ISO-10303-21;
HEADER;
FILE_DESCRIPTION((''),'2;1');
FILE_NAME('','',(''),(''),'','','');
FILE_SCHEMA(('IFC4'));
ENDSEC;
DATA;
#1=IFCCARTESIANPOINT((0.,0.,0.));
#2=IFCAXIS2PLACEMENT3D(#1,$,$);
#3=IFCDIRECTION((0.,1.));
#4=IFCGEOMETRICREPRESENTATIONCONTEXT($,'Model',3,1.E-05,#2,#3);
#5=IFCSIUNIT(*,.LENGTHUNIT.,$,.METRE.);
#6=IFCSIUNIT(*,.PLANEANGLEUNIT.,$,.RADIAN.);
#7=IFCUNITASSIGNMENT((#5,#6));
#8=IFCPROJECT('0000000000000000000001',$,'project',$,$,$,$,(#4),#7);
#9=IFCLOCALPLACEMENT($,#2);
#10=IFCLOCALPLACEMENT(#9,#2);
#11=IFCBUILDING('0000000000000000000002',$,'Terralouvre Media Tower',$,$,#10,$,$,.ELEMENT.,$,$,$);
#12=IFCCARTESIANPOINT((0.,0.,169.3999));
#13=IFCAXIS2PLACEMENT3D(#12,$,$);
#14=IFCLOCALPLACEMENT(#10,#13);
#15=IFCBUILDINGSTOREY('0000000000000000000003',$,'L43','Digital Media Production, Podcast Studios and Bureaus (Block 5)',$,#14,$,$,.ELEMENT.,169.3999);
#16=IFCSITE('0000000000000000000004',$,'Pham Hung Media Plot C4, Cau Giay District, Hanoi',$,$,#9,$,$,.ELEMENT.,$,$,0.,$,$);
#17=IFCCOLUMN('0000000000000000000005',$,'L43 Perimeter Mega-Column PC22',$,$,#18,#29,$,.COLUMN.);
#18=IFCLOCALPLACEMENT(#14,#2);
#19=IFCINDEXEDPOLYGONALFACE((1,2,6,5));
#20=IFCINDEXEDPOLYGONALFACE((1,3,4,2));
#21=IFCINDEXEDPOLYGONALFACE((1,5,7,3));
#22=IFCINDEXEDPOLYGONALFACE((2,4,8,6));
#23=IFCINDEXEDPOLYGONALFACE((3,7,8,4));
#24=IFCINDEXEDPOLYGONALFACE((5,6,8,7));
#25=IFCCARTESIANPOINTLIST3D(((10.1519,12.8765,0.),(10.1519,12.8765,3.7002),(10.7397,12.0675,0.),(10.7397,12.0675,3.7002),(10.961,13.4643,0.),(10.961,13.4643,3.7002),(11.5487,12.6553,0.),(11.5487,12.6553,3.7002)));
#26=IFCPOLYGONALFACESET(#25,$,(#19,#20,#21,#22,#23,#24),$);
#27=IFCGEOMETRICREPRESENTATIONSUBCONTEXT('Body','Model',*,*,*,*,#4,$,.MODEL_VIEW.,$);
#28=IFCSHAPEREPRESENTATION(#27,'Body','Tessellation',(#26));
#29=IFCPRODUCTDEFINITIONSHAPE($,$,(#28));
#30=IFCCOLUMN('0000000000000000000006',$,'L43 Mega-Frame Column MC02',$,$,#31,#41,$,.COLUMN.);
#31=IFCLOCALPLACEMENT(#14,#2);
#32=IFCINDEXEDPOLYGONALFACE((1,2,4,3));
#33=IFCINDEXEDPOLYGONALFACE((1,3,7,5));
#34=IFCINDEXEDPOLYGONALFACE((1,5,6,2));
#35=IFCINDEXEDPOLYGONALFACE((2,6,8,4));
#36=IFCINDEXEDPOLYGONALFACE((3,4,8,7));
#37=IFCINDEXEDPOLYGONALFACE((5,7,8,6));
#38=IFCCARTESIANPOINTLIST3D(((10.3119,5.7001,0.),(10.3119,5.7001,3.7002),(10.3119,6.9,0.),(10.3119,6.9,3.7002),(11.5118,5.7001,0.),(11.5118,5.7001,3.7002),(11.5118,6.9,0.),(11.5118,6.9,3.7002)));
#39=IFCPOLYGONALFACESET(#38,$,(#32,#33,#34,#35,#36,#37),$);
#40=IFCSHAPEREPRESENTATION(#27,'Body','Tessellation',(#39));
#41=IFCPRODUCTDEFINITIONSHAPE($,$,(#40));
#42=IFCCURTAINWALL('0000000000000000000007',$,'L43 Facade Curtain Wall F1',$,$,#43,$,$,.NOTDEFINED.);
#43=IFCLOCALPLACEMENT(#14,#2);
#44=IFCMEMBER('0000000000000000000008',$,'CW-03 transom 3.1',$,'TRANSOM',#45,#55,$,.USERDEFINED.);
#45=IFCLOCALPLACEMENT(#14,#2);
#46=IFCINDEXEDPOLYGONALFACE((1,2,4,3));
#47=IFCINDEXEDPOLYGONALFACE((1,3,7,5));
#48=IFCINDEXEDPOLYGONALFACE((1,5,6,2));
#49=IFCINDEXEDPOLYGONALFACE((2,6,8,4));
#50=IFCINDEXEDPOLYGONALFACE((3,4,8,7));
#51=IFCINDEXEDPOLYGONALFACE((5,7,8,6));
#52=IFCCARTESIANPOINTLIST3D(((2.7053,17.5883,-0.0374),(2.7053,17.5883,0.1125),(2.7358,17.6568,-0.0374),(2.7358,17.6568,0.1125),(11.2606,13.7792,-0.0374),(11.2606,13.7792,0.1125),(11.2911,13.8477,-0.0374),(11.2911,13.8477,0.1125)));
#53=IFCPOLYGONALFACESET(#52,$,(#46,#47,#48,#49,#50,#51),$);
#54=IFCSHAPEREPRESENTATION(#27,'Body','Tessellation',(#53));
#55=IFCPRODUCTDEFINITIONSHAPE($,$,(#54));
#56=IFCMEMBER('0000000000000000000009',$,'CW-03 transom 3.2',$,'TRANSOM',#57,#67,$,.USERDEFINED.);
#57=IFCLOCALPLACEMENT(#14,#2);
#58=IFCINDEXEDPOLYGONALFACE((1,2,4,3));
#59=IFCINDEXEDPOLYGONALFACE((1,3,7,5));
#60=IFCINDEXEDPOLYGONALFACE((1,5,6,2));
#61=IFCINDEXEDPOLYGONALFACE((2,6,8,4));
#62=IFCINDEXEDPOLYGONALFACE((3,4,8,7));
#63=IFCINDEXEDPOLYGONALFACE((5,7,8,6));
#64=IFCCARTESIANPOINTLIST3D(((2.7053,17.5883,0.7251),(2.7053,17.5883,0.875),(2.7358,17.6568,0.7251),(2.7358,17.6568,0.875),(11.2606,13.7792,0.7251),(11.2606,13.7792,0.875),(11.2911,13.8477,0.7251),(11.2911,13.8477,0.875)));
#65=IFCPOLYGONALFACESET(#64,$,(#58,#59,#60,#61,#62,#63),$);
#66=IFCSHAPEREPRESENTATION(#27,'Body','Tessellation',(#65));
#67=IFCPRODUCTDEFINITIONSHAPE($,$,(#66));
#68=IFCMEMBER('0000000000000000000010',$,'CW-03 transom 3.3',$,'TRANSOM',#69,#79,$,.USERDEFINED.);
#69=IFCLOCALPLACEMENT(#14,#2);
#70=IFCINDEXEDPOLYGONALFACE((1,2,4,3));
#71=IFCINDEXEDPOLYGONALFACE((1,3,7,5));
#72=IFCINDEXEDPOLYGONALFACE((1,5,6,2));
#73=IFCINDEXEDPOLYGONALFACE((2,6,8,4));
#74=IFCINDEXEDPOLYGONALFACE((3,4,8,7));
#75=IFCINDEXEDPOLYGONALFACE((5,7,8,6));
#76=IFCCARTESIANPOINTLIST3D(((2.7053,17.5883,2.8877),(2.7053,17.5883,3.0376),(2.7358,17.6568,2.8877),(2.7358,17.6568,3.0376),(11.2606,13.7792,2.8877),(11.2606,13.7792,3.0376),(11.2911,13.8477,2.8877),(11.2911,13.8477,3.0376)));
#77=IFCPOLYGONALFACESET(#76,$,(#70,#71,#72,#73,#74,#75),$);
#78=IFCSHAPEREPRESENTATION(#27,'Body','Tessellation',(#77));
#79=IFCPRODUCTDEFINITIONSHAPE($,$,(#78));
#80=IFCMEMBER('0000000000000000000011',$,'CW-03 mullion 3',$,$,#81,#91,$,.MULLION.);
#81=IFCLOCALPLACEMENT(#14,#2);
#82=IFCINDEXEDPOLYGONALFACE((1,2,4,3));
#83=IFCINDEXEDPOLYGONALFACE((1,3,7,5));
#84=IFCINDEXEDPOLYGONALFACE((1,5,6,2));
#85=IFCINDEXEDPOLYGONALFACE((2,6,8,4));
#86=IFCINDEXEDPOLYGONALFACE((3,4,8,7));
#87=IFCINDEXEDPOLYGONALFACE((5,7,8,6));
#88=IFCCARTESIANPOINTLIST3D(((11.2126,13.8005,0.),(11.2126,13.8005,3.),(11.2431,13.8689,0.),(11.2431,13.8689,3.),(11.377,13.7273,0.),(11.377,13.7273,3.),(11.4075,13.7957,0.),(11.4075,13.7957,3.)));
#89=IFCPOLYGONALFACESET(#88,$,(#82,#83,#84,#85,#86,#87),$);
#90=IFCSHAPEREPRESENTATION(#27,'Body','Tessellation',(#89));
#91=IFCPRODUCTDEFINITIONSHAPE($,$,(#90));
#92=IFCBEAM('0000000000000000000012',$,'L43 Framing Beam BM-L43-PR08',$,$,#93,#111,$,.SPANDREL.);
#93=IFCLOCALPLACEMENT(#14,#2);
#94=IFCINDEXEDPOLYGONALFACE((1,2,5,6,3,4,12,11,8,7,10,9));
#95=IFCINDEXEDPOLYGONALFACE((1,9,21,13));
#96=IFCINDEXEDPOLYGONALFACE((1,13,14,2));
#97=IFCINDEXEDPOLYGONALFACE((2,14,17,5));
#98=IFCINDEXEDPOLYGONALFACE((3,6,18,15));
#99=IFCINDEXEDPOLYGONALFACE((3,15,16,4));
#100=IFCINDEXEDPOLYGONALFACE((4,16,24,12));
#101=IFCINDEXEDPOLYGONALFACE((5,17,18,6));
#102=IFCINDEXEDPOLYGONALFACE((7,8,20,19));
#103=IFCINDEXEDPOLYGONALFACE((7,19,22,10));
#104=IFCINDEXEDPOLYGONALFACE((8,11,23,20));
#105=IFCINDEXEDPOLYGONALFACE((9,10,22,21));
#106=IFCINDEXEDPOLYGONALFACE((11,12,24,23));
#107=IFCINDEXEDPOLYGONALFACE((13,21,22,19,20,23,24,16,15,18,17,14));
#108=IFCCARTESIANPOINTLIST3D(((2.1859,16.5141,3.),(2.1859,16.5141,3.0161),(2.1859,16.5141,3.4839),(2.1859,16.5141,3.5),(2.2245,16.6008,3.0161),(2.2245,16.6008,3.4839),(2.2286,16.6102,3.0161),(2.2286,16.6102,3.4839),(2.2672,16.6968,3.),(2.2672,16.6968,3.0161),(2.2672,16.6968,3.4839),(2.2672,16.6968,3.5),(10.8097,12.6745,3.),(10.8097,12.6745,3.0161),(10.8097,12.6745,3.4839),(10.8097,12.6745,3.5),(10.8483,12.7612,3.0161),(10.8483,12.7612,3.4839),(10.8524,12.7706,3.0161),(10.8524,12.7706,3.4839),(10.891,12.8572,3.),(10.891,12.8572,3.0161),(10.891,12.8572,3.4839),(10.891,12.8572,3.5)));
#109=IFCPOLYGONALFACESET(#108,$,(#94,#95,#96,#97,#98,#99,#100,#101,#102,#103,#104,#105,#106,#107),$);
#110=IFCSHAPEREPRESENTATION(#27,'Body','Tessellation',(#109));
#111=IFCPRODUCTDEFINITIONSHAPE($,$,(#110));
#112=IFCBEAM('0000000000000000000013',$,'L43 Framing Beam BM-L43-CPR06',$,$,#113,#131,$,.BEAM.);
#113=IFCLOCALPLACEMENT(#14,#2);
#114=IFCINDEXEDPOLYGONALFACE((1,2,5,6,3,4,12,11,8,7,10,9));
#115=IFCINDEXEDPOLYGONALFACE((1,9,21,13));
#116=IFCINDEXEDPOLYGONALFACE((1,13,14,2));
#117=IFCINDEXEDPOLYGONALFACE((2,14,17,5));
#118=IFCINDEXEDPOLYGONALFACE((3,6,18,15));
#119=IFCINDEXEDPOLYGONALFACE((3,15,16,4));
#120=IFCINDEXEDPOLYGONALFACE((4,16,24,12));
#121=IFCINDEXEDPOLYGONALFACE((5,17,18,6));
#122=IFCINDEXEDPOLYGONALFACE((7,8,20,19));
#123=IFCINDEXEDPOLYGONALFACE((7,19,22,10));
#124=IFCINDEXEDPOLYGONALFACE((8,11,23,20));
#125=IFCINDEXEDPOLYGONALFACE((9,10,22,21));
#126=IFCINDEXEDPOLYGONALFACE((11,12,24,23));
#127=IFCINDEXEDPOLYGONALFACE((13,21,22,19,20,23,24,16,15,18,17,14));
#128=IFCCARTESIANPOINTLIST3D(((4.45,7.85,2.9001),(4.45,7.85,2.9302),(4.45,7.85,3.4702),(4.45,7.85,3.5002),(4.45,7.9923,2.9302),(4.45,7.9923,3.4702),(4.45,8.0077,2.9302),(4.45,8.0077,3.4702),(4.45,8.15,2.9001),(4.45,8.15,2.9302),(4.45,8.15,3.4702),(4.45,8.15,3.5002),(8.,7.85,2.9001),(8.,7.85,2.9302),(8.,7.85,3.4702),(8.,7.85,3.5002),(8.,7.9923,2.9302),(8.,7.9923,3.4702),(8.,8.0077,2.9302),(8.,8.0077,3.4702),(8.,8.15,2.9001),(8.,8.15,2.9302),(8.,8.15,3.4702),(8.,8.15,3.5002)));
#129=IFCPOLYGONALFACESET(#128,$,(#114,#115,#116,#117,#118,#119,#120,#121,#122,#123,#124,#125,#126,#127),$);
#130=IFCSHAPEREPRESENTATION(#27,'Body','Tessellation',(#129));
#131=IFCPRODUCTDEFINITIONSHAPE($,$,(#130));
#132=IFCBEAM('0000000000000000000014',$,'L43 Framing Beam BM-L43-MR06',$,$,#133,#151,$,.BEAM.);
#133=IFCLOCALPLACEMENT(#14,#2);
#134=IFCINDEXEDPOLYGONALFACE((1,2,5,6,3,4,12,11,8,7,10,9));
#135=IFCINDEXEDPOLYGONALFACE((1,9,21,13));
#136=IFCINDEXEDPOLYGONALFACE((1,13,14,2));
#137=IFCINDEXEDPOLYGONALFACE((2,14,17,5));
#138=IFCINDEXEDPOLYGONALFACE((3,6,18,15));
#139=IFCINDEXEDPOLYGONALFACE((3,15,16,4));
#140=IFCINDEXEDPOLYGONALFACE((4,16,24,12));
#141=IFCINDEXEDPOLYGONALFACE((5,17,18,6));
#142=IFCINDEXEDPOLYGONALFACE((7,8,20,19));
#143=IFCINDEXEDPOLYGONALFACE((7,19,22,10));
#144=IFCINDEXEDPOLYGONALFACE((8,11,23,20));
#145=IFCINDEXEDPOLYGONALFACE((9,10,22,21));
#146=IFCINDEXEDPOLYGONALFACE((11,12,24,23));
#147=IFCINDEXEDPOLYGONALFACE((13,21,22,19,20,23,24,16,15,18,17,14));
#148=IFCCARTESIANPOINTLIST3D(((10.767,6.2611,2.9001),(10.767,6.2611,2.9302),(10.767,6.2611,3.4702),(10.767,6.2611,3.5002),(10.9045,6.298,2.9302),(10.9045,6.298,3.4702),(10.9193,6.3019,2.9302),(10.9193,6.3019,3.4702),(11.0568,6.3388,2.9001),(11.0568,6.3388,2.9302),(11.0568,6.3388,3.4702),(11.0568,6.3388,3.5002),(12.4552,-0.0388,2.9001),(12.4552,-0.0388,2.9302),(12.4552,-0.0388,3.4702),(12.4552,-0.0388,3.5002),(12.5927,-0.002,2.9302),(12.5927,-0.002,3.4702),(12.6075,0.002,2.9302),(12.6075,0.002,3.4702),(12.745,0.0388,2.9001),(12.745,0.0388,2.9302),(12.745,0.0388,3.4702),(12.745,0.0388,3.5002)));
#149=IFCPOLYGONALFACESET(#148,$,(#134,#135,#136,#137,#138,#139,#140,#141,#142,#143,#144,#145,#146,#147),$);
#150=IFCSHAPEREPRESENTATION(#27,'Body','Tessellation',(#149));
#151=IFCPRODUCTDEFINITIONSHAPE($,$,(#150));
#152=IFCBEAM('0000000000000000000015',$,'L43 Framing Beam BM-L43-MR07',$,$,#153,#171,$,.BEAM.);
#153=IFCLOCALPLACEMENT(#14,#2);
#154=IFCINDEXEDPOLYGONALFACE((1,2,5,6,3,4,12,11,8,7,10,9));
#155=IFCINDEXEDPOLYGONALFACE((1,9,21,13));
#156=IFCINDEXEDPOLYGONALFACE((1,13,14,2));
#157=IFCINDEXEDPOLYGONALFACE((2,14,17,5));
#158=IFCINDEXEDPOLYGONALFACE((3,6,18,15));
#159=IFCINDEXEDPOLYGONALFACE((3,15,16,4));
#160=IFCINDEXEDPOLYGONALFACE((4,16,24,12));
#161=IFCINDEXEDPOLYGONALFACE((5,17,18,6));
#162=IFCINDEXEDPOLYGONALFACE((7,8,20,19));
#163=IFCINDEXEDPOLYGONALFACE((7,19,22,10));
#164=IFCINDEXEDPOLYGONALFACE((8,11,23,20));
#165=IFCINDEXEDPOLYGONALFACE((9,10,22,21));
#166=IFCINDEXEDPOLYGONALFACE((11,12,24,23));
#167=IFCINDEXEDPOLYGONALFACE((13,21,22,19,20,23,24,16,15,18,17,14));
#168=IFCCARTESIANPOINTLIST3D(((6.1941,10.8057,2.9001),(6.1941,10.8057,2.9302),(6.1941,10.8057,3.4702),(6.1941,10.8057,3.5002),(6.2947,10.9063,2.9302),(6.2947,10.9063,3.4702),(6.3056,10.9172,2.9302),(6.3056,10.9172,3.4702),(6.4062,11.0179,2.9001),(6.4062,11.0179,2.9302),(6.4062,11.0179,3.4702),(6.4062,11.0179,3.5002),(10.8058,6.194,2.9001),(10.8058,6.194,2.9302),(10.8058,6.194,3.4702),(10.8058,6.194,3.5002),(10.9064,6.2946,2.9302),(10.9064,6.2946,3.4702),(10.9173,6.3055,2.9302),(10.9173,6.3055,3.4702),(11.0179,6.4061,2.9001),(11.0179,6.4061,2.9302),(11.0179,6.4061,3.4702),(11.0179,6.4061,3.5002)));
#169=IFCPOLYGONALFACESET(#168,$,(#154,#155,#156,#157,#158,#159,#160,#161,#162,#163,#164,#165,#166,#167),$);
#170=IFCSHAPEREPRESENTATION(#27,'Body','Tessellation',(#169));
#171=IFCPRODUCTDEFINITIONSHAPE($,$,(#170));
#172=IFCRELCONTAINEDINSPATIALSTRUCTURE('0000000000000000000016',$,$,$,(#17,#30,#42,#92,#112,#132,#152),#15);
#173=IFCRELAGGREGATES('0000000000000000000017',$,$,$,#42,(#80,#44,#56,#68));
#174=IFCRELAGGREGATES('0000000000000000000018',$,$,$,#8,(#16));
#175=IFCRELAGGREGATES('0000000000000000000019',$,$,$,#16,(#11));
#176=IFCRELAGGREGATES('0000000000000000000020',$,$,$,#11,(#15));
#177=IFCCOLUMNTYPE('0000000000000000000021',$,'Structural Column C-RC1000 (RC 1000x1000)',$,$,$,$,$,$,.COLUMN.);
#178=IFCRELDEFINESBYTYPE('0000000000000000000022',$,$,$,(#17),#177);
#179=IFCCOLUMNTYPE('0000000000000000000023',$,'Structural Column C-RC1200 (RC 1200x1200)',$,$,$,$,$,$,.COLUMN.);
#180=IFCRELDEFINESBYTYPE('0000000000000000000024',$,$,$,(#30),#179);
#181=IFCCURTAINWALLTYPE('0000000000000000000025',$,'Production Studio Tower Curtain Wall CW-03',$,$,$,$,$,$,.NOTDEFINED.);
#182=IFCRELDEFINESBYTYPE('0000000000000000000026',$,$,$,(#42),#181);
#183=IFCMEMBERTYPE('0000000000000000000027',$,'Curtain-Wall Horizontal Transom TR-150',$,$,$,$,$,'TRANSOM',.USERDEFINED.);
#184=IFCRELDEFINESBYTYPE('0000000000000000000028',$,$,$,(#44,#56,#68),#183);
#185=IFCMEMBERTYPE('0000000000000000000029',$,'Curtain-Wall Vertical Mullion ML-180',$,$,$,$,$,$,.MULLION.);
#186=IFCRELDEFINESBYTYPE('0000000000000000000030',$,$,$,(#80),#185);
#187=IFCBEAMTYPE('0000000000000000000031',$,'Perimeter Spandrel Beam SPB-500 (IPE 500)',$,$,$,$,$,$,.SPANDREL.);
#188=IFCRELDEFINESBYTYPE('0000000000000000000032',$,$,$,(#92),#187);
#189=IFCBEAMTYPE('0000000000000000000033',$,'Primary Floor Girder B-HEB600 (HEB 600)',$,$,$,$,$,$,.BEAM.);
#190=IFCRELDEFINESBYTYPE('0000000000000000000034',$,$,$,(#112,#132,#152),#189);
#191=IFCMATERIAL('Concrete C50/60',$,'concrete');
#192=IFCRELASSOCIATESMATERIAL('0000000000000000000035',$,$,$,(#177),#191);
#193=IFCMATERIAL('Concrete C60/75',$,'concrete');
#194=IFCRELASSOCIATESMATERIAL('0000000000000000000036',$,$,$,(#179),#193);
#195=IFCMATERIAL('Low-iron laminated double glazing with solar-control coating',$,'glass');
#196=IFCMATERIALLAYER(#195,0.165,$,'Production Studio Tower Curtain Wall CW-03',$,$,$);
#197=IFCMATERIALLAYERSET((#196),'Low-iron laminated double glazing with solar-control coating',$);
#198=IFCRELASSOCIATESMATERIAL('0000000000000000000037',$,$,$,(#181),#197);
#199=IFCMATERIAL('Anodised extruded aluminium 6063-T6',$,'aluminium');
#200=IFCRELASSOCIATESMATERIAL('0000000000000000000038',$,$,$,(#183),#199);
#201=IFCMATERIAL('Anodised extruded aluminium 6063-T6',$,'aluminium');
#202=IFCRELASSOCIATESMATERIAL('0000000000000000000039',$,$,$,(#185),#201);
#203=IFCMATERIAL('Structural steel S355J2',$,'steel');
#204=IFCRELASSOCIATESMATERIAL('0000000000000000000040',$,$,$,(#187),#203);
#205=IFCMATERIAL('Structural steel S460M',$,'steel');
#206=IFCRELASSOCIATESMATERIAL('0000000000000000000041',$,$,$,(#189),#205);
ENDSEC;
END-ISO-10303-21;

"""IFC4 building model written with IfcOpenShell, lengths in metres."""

from ifc_helpers import new_model, si_unit, direction, frame, origin, origin_2d, place, context, subcontext, project, spatial, rectangle, i_section, extrude, material, layer, layer_set, material_profile, profile_set, type_object, element, aggregate, save


model = new_model("IFC4")

# Units and contexts
model_context = context("Model", 3, precision=1e-05, world=origin(), true_north=direction((0.0, 1.0)))
body_context = subcontext(model_context, "Body", "Model", "MODEL_VIEW")
ifc_project = project(units=[si_unit("LENGTHUNIT", "METRE"), si_unit("PLANEANGLEUNIT", "RADIAN")], contexts=[model_context])

# Site, building, storey
site_placement = place(None, origin())
site = spatial("IfcSite", under=ifc_project, at=site_placement, Name="Pham Hung Media Plot C4, Cau Giay District, Hanoi", CompositionType="ELEMENT", RefElevation=0.0)
building_placement = place(site_placement, origin())
building = spatial("IfcBuilding", under=site, at=building_placement, Name="Terralouvre Media Tower", CompositionType="ELEMENT")
storey_placement = place(building_placement, frame((0.0, 0.0, 169.3999)))
storey = spatial("IfcBuildingStorey", under=building, at=storey_placement, Name="L43", Description="Digital Media Production, Podcast Studios and Bureaus (Block 5)", CompositionType="ELEMENT", Elevation=169.3999)

# Columns
ifc_material_1 = material(Name="Concrete C50/60", Category="concrete")
ifc_material_profile_1 = material_profile(ifc_material_1, rectangle(XDim=1.0, YDim=1.0, at=origin_2d()), Name="RC 1000x1000")
ifc_profile_set_1 = profile_set([ifc_material_profile_1], Name="Concrete C50/60")
column_type_1 = type_object("IfcColumnType", Name="Structural Column C-RC1000 (RC 1000x1000)", PredefinedType="COLUMN", material=ifc_profile_set_1)
column_1_placement = place(storey_placement, frame((10.8503, 12.7659, 0.0), z_axis=(0.0, 0.0, 1.0), x_axis=(0.809017, 0.587785, 0.0)))
element("IfcColumn", 1, at=column_1_placement, inside=storey, type_object=column_type_1, Name="L43 Perimeter Mega-Column PC22", PredefinedType="COLUMN", context=body_context, shape_type="SweptSolid", body=[
    extrude(rectangle(XDim=1.0, YDim=1.0, at=origin_2d()), origin(), (0.0, 0.0, 1.0), 3.7002),
])
ifc_material_2 = material(Name="Concrete C60/75", Category="concrete")
ifc_material_profile_2 = material_profile(ifc_material_2, rectangle(XDim=1.2, YDim=1.2, at=origin_2d()), Name="RC 1200x1200")
ifc_profile_set_2 = profile_set([ifc_material_profile_2], Name="Concrete C60/75")
column_type_2 = type_object("IfcColumnType", Name="Structural Column C-RC1200 (RC 1200x1200)", PredefinedType="COLUMN", material=ifc_profile_set_2)
column_2_placement = place(storey_placement, frame((10.9119, 6.3, 0.0), z_axis=(0.0, 0.0, 1.0), x_axis=(1.0, 0.0, 0.0)))
element("IfcColumn", 2, at=column_2_placement, inside=storey, type_object=column_type_2, Name="L43 Mega-Frame Column MC02", PredefinedType="COLUMN", context=body_context, shape_type="SweptSolid", body=[
    extrude(rectangle(XDim=1.2, YDim=1.2, at=origin_2d()), origin(), (0.0, 0.0, 1.0), 3.7002),
])

# Curtain wall, members
ifc_material_3 = material(Name="Low-iron laminated double glazing with solar-control coating", Category="glass")
ifc_layer_1 = layer(ifc_material_3, 0.165, Name="Production Studio Tower Curtain Wall CW-03")
ifc_layer_set_1 = layer_set([ifc_layer_1], Name="Low-iron laminated double glazing with solar-control coating")
curtain_wall_type = type_object("IfcCurtainWallType", Name="Production Studio Tower Curtain Wall CW-03", PredefinedType="NOTDEFINED", material=ifc_layer_set_1)
curtain_wall_placement = place(storey_placement, origin())
curtain_wall = element("IfcCurtainWall", 3, at=curtain_wall_placement, inside=storey, type_object=curtain_wall_type, Name="L43 Facade Curtain Wall F1", PredefinedType="NOTDEFINED")
ifc_material_4 = material(Name="Anodised extruded aluminium 6063-T6", Category="aluminium")
ifc_material_profile_3 = material_profile(ifc_material_4, rectangle(XDim=0.075, YDim=0.1499, at=origin_2d()), Name="ALU 75x150")
ifc_profile_set_3 = profile_set([ifc_material_profile_3], Name="Anodised extruded aluminium 6063-T6")
member_type_1 = type_object("IfcMemberType", Name="Curtain-Wall Horizontal Transom TR-150", ElementType="TRANSOM", PredefinedType="USERDEFINED", material=ifc_profile_set_3)
member_1_placement = place(storey_placement, frame((11.2759, 13.8135, 0.0376), z_axis=(-0.913547, 0.406733, 0.0), x_axis=(-0.406733, -0.913547, 0.0)))
member_1 = element("IfcMember", 4, at=member_1_placement, type_object=member_type_1, Name="CW-03 transom 3.1", ObjectType="TRANSOM", PredefinedType="USERDEFINED", context=body_context, shape_type="SweptSolid", body=[
    extrude(rectangle(XDim=0.075, YDim=0.1499, at=origin_2d()), origin(), (0.0, 0.0, 1.0), 9.365),
])
member_2_placement = place(storey_placement, frame((11.2759, 13.8135, 0.8), z_axis=(-0.913547, 0.406733, 0.0), x_axis=(-0.406733, -0.913547, 0.0)))
member_2 = element("IfcMember", 5, at=member_2_placement, type_object=member_type_1, Name="CW-03 transom 3.2", ObjectType="TRANSOM", PredefinedType="USERDEFINED", context=body_context, shape_type="SweptSolid", body=[
    extrude(rectangle(XDim=0.075, YDim=0.1499, at=origin_2d()), origin(), (0.0, 0.0, 1.0), 9.365),
])
member_3_placement = place(storey_placement, frame((11.2759, 13.8135, 2.9626), z_axis=(-0.913547, 0.406733, 0.0), x_axis=(-0.406733, -0.913547, 0.0)))
member_3 = element("IfcMember", 6, at=member_3_placement, type_object=member_type_1, Name="CW-03 transom 3.3", ObjectType="TRANSOM", PredefinedType="USERDEFINED", context=body_context, shape_type="SweptSolid", body=[
    extrude(rectangle(XDim=0.075, YDim=0.1499, at=origin_2d()), origin(), (0.0, 0.0, 1.0), 9.365),
])
ifc_material_5 = material(Name="Anodised extruded aluminium 6063-T6", Category="aluminium")
ifc_material_profile_4 = material_profile(ifc_material_5, rectangle(XDim=0.075, YDim=0.1799, at=origin_2d()), Name="ALU 75x180")
ifc_profile_set_4 = profile_set([ifc_material_profile_4], Name="Anodised extruded aluminium 6063-T6")
member_type_2 = type_object("IfcMemberType", Name="Curtain-Wall Vertical Mullion ML-180", PredefinedType="MULLION", material=ifc_profile_set_4)
member_4_placement = place(storey_placement, frame((11.3101, 13.7981, 0.0), z_axis=(0.0, 0.0, 1.0), x_axis=(-0.406737, -0.913545, 0.0)))
member_4 = element("IfcMember", 7, at=member_4_placement, type_object=member_type_2, Name="CW-03 mullion 3", PredefinedType="MULLION", context=body_context, shape_type="SweptSolid", body=[
    extrude(rectangle(XDim=0.075, YDim=0.1799, at=origin_2d()), origin(), (0.0, 0.0, 1.0), 3.0),
])
aggregate(curtain_wall, [member_4, member_1, member_2, member_3])

# Beams
ifc_material_6 = material(Name="Structural steel S355J2", Category="steel")
ifc_material_profile_5 = material_profile(ifc_material_6, i_section(OverallWidth=0.2, OverallDepth=0.5, WebThickness=0.0103, FlangeThickness=0.0161, at=origin_2d()), Name="IPE 500")
ifc_profile_set_5 = profile_set([ifc_material_profile_5], Name="Structural steel S355J2")
beam_type_1 = type_object("IfcBeamType", Name="Perimeter Spandrel Beam SPB-500 (IPE 500)", PredefinedType="SPANDREL", material=ifc_profile_set_5)
beam_1_placement = place(storey_placement, frame((10.8503, 12.7659, 3.25), z_axis=(-0.913544, 0.406741, 0.0), x_axis=(-0.406741, -0.913544, 0.0)))
element("IfcBeam", 8, at=beam_1_placement, inside=storey, type_object=beam_type_1, Name="L43 Framing Beam BM-L43-PR08", PredefinedType="SPANDREL", context=body_context, shape_type="SweptSolid", body=[
    extrude(i_section(OverallWidth=0.2, OverallDepth=0.5, WebThickness=0.0103, FlangeThickness=0.0161, at=origin_2d()), origin(), (0.0, 0.0, 1.0), 9.4399),
])
ifc_material_7 = material(Name="Structural steel S460M", Category="steel")
ifc_material_profile_6 = material_profile(ifc_material_7, i_section(OverallWidth=0.3, OverallDepth=0.6001, WebThickness=0.0154, FlangeThickness=0.03, at=origin_2d()), Name="HEB 600")
ifc_profile_set_6 = profile_set([ifc_material_profile_6], Name="Structural steel S460M")
beam_type_2 = type_object("IfcBeamType", Name="Primary Floor Girder B-HEB600 (HEB 600)", PredefinedType="BEAM", material=ifc_profile_set_6)
beam_2_placement = place(storey_placement, frame((8.0, 8.0, 3.2002), z_axis=(-1.0, 0.0, 0.0), x_axis=(0.0, -1.0, 0.0)))
element("IfcBeam", 9, at=beam_2_placement, inside=storey, type_object=beam_type_2, Name="L43 Framing Beam BM-L43-CPR06", PredefinedType="BEAM", context=body_context, shape_type="SweptSolid", body=[
    extrude(i_section(OverallWidth=0.3, OverallDepth=0.6001, WebThickness=0.0154, FlangeThickness=0.03, at=origin_2d()), origin(), (0.0, 0.0, 1.0), 3.55),
])
beam_3_placement = place(storey_placement, frame((12.6001, 0.0, 3.2002), z_axis=(-0.258839, 0.96592, 0.0), x_axis=(-0.96592, -0.258839, 0.0)))
element("IfcBeam", 10, at=beam_3_placement, inside=storey, type_object=beam_type_2, Name="L43 Framing Beam BM-L43-MR06", PredefinedType="BEAM", context=body_context, shape_type="SweptSolid", body=[
    extrude(i_section(OverallWidth=0.3, OverallDepth=0.6001, WebThickness=0.0154, FlangeThickness=0.03, at=origin_2d()), origin(), (0.0, 0.0, 1.0), 6.5222),
])
beam_4_placement = place(storey_placement, frame((10.9119, 6.3, 3.2002), z_axis=(-0.707107, 0.707107, 0.0), x_axis=(-0.707107, -0.707107, 0.0)))
element("IfcBeam", 11, at=beam_4_placement, inside=storey, type_object=beam_type_2, Name="L43 Framing Beam BM-L43-MR07", PredefinedType="BEAM", context=body_context, shape_type="SweptSolid", body=[
    extrude(i_section(OverallWidth=0.3, OverallDepth=0.6001, WebThickness=0.0154, FlangeThickness=0.03, at=origin_2d()), origin(), (0.0, 0.0, 1.0), 6.522),
])

save(model, "model.ifc")
